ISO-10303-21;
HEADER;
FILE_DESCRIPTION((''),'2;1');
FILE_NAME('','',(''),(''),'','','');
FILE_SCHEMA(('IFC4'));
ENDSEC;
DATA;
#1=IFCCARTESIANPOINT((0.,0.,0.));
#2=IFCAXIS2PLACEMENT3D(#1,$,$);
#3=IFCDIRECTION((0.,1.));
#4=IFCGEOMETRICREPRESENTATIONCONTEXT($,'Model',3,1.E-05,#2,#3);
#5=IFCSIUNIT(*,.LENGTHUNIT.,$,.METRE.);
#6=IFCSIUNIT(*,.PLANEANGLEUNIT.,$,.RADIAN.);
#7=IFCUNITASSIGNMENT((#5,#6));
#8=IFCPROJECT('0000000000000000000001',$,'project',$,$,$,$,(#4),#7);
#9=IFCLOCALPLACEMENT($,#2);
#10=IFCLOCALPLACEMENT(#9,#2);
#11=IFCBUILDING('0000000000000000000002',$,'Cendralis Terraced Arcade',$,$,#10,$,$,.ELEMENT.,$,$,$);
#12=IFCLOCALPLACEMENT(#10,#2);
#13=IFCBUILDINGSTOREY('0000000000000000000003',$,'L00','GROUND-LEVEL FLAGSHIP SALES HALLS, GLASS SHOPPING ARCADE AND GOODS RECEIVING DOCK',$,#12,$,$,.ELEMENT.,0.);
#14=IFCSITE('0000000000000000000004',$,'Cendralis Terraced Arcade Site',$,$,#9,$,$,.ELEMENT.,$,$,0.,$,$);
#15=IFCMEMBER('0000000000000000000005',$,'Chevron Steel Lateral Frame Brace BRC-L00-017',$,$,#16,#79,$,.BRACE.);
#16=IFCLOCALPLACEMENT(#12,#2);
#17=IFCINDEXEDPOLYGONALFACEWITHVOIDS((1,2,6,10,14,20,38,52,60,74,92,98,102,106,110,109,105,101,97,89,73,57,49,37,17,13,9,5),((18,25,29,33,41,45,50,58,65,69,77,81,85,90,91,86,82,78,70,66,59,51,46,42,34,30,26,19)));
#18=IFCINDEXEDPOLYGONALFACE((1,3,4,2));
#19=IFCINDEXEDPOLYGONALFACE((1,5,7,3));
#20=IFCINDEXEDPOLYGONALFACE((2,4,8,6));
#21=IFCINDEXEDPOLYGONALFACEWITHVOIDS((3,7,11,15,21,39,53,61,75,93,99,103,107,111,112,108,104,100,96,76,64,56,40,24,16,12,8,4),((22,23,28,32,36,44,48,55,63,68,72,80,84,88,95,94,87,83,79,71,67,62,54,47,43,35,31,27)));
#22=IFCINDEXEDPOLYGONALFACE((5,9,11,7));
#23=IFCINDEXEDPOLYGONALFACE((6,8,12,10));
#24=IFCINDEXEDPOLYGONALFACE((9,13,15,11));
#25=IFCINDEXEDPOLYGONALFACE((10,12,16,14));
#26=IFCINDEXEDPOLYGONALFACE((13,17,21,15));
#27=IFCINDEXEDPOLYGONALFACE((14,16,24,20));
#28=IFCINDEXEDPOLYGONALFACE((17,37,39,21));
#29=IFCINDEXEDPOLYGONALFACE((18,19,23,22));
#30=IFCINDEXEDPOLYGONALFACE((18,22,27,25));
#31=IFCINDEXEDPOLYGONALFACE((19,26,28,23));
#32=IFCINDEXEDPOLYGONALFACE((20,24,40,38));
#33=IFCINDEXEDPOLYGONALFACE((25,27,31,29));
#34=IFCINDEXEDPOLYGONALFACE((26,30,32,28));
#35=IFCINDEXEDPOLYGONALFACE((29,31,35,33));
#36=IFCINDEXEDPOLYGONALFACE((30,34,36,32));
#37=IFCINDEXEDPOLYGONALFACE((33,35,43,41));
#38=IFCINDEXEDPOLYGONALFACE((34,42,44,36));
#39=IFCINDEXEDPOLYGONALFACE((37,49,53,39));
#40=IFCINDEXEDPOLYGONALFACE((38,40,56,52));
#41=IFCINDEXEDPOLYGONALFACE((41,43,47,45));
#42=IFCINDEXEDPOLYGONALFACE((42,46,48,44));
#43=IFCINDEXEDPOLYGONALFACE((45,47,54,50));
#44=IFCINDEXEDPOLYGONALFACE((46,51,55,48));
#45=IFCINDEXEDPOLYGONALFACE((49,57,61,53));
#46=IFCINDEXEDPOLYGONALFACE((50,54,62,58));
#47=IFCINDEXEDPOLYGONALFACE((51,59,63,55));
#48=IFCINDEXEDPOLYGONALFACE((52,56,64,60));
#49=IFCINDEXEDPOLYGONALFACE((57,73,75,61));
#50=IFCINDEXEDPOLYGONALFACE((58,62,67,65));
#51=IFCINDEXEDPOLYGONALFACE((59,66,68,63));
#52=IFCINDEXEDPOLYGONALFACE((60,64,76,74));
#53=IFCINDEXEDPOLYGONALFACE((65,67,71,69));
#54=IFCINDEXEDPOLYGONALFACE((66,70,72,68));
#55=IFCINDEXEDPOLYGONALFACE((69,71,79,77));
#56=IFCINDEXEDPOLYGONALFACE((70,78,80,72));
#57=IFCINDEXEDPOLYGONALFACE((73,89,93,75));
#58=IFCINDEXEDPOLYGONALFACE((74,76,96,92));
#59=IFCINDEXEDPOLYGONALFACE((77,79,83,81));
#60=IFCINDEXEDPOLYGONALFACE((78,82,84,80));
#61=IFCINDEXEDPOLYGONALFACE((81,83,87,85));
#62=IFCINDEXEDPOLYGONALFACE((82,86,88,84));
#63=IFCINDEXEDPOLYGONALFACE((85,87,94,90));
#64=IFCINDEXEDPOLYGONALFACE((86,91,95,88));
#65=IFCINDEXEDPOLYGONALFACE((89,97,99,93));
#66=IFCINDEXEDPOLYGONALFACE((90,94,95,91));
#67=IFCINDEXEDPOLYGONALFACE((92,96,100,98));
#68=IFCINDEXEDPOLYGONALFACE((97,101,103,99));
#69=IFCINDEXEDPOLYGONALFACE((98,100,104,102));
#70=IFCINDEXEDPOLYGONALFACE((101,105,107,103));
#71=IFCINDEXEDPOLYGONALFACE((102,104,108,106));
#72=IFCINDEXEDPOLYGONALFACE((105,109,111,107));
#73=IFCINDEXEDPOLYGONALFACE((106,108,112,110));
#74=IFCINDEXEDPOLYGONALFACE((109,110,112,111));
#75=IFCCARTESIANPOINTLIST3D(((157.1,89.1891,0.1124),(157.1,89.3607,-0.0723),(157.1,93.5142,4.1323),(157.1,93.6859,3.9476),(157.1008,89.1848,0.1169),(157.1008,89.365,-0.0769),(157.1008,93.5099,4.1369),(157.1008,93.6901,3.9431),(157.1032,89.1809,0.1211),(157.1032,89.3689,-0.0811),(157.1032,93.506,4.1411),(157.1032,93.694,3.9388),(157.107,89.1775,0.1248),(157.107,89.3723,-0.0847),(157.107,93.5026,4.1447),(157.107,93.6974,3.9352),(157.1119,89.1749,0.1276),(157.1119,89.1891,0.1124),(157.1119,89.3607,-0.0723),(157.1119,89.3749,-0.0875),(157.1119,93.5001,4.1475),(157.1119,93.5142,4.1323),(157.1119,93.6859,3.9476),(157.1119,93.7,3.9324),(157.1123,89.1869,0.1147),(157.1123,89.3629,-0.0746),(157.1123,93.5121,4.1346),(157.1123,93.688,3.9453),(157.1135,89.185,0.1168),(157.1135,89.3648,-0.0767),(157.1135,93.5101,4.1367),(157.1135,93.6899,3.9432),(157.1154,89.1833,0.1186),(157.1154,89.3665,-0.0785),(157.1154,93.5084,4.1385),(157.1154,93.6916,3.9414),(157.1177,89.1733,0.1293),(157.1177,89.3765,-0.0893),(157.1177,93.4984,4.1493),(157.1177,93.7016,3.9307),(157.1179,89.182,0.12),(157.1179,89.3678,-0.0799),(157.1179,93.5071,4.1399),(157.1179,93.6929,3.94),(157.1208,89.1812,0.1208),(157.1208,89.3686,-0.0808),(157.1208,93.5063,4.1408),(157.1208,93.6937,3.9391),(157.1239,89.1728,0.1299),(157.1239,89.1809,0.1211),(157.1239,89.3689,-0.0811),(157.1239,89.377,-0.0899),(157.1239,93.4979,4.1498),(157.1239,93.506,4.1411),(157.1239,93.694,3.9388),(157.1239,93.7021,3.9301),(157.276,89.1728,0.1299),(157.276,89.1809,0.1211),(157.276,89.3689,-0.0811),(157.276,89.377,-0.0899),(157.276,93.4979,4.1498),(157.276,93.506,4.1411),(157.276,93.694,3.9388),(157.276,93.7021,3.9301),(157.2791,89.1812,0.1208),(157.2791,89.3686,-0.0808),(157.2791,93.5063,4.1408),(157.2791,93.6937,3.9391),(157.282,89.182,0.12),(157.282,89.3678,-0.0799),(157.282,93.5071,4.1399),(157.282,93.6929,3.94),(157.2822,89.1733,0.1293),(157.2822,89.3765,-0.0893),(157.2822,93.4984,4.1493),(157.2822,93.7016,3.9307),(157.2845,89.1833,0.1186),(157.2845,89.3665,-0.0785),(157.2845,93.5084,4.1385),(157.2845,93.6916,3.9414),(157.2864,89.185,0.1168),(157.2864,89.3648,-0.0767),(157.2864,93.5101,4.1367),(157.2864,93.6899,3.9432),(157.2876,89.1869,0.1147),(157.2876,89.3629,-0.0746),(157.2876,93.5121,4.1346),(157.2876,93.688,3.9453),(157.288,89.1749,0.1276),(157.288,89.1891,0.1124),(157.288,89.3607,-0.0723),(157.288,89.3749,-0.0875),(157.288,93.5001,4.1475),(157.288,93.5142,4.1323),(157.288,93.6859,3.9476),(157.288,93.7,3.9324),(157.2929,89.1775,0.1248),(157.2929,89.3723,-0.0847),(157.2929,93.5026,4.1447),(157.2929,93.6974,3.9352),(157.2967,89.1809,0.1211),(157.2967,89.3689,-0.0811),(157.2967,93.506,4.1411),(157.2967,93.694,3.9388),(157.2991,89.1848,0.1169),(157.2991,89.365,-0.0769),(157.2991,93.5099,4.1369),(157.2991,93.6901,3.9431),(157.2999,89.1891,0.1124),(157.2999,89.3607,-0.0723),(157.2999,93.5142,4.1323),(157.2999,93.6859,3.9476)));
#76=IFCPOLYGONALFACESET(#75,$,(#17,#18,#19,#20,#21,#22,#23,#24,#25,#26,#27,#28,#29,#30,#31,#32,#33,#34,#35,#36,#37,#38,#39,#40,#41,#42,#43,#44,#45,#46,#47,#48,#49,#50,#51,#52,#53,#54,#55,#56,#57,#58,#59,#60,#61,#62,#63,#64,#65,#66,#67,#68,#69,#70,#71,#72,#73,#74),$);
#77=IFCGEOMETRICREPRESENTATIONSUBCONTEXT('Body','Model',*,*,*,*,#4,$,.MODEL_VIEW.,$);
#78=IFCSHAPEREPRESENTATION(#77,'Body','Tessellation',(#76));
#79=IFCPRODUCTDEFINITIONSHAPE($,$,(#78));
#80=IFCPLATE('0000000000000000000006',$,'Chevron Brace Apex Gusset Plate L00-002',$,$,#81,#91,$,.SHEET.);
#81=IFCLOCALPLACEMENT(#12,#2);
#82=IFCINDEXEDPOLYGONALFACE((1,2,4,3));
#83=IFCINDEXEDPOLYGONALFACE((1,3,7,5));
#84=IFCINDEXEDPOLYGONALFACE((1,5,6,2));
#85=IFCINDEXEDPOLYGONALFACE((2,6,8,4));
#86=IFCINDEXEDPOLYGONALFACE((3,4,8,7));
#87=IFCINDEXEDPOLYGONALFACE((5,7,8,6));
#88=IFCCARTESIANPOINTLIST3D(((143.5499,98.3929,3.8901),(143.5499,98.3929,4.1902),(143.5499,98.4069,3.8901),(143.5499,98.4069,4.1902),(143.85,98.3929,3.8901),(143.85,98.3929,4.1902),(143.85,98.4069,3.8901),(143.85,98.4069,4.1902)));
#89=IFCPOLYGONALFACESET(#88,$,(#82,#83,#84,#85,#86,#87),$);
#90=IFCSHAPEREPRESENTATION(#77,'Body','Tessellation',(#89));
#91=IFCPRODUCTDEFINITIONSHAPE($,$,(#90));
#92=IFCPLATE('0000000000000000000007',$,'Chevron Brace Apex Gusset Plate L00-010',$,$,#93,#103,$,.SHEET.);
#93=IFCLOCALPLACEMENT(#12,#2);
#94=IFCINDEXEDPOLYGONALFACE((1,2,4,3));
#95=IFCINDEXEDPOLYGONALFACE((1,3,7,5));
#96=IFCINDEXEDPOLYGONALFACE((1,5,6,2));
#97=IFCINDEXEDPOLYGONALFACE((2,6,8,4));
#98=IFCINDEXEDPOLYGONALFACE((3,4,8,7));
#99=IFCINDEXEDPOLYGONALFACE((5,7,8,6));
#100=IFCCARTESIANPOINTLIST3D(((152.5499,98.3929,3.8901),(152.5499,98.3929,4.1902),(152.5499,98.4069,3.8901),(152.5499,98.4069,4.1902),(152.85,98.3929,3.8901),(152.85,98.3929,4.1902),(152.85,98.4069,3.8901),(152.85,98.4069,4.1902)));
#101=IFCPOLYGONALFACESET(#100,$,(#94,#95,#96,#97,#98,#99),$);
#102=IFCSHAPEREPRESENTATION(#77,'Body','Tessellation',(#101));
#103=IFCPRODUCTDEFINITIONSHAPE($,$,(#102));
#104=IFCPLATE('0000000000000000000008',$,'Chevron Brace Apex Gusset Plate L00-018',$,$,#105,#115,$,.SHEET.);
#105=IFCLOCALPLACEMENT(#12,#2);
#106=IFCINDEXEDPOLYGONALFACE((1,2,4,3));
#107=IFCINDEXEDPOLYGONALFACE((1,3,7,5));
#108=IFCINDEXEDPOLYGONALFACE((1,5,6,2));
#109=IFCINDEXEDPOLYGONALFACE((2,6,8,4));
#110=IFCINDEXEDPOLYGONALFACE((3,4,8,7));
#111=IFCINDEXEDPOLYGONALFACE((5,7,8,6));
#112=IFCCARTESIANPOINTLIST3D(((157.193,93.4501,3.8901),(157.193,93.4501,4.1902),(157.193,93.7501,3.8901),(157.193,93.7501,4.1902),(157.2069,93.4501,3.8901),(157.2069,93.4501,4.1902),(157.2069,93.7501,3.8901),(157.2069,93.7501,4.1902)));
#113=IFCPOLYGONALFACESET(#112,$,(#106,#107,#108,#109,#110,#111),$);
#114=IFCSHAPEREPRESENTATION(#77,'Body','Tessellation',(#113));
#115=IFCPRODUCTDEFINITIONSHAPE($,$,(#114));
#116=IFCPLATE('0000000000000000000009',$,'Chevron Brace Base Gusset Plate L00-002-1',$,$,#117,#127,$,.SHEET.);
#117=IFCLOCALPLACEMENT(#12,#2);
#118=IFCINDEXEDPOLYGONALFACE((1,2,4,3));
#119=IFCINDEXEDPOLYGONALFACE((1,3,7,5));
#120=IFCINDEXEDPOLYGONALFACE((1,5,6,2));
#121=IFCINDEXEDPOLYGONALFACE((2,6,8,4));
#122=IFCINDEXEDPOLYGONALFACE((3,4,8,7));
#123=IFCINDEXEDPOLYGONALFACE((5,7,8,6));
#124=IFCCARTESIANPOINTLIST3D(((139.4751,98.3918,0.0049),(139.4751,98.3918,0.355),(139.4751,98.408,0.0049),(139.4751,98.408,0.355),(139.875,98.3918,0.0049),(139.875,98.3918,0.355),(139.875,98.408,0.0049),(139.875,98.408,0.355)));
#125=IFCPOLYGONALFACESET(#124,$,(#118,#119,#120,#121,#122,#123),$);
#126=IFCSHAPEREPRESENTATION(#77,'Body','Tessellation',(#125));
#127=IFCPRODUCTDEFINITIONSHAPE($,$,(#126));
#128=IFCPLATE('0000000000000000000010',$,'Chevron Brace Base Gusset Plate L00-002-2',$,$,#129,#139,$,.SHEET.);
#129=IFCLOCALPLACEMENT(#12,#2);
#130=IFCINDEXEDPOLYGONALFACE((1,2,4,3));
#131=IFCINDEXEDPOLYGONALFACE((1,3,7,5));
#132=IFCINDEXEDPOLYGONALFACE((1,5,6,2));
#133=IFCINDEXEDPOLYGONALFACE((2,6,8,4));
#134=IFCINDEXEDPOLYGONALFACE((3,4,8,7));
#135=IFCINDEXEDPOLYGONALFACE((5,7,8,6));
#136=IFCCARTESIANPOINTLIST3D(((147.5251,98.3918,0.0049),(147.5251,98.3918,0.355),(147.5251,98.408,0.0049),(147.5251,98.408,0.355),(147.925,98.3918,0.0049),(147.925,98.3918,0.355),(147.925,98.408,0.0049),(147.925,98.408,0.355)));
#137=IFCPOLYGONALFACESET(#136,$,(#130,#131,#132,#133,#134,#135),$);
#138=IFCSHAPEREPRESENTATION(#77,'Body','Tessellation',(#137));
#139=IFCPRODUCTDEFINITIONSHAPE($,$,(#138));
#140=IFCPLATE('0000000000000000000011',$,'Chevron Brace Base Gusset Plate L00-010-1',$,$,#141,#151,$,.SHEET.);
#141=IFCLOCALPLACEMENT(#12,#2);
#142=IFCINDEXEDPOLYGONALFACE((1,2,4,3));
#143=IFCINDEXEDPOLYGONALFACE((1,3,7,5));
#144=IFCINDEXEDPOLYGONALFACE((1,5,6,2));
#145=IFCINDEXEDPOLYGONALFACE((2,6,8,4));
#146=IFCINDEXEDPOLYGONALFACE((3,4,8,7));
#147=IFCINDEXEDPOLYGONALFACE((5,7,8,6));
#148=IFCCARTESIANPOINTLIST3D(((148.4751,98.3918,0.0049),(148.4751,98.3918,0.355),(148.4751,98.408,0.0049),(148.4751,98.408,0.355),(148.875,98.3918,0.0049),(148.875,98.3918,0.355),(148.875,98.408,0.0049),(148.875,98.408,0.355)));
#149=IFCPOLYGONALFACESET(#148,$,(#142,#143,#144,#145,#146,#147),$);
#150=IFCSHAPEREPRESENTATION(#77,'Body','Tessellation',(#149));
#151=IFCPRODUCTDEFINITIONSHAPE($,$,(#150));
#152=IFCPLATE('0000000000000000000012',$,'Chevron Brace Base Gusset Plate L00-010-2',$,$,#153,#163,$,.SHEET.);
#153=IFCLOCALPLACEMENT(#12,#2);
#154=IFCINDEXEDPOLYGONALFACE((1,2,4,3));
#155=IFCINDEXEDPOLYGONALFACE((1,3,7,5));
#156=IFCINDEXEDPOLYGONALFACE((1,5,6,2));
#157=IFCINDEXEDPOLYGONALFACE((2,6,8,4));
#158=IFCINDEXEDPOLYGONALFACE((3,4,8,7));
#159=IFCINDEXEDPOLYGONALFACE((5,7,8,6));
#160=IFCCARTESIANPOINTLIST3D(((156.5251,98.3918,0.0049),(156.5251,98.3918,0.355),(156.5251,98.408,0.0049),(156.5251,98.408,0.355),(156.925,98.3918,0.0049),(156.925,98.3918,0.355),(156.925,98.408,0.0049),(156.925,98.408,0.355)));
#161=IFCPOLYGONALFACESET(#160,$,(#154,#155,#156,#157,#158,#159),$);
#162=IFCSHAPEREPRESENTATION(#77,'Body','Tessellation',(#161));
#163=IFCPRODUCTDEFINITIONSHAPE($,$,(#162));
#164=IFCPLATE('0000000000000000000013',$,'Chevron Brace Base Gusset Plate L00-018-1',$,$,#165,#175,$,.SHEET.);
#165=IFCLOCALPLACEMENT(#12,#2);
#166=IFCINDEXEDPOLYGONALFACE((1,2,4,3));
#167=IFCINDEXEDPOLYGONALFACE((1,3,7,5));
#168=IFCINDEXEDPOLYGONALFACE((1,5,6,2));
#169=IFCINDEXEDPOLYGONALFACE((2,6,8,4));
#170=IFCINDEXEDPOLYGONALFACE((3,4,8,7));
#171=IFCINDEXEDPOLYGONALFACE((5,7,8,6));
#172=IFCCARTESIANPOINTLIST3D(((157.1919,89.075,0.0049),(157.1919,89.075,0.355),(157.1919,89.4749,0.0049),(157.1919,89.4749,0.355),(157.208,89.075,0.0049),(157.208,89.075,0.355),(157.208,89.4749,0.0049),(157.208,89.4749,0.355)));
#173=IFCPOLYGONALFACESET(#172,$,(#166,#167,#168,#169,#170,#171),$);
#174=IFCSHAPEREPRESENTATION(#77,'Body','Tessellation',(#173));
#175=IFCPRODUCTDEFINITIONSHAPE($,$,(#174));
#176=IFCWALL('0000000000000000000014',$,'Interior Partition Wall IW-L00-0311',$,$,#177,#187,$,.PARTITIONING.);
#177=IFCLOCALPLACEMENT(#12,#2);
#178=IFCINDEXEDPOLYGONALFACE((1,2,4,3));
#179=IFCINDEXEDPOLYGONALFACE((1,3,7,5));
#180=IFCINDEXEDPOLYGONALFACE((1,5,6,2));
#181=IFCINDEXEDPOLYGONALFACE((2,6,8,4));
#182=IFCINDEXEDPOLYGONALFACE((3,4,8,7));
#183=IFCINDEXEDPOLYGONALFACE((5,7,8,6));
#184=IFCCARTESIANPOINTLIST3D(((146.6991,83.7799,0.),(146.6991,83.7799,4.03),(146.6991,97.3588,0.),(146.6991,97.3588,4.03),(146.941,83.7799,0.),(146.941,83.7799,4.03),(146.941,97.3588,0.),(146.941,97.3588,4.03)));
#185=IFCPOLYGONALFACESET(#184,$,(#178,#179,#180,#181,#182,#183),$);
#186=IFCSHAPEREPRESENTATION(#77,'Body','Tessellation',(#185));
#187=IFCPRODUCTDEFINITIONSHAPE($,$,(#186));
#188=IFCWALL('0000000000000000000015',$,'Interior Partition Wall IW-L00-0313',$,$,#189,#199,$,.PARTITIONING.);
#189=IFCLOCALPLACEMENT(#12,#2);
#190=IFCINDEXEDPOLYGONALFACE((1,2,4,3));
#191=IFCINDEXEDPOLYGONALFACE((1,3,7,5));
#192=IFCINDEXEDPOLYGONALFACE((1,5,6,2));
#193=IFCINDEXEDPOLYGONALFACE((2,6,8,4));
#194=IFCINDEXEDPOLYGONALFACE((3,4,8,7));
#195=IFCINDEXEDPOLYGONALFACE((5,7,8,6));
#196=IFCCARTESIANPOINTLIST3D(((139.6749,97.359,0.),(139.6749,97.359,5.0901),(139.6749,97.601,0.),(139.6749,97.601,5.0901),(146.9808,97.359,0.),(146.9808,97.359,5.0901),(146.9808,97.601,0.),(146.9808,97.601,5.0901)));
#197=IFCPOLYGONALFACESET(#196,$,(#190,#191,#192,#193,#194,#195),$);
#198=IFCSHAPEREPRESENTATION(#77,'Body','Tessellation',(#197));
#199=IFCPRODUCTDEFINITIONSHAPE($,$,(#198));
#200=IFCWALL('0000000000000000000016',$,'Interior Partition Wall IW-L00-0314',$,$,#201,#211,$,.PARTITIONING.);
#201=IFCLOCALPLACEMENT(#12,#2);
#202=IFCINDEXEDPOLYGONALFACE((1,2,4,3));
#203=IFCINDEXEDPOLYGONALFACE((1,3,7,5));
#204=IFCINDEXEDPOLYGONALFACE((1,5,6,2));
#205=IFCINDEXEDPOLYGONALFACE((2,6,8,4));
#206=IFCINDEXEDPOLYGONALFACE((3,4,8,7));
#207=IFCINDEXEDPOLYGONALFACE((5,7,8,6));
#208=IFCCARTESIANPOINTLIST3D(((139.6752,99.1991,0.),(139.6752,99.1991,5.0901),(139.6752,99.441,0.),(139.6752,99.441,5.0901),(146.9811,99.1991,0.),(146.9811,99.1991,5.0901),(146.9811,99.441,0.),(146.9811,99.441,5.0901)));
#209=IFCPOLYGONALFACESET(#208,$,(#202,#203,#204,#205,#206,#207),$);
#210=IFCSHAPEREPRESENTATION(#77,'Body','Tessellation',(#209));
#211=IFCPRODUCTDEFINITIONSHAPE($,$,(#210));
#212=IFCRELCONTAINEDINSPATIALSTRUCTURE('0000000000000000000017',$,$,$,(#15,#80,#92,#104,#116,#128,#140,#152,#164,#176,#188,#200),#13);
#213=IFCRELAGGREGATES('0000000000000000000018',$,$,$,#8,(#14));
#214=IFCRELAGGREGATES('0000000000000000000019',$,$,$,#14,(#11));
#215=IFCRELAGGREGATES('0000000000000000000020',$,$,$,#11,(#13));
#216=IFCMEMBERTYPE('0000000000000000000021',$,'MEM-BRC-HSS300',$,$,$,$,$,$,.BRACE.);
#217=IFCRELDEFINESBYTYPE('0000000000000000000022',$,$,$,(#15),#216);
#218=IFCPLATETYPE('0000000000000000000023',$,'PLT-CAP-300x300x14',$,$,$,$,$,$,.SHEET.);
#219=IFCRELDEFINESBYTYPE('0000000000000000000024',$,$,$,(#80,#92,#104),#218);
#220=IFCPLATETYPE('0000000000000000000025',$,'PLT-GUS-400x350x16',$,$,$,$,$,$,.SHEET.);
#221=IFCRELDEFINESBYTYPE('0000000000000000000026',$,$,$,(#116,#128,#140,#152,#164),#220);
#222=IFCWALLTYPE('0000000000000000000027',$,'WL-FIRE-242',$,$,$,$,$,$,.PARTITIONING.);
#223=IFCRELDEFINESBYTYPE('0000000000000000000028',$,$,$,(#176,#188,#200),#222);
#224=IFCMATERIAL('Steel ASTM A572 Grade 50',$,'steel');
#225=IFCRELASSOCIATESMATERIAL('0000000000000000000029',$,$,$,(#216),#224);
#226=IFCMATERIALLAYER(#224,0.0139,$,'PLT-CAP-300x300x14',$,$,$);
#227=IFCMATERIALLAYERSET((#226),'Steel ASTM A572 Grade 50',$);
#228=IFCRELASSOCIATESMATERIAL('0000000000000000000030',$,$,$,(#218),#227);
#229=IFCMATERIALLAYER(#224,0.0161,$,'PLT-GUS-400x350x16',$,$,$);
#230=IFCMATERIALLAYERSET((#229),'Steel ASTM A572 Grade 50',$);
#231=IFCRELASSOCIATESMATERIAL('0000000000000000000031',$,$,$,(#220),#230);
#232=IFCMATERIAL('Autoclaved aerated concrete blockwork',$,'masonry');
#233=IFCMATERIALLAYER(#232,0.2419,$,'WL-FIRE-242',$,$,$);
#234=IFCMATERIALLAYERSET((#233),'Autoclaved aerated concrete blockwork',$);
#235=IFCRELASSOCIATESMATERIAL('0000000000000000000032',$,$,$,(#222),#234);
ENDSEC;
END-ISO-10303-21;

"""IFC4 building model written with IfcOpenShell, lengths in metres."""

from ifc_helpers import new_model, si_unit, direction, frame, frame_2d, origin, origin_2d, place, context, subcontext, project, spatial, rectangle, hollow_rectangle, extrude, material, layer, layer_set, material_profile, profile_set, type_object, element, save


model = new_model("IFC4")

# Units and contexts
model_context = context("Model", 3, precision=1e-05, world=origin(), true_north=direction((0.0, 1.0)))
body_context = subcontext(model_context, "Body", "Model", "MODEL_VIEW")
ifc_project = project(units=[si_unit("LENGTHUNIT", "METRE"), si_unit("PLANEANGLEUNIT", "RADIAN")], contexts=[model_context])

# Site, building, storey
site_placement = place(None, origin())
site = spatial("IfcSite", under=ifc_project, at=site_placement, Name="Cendralis Terraced Arcade Site", CompositionType="ELEMENT", RefElevation=0.0)
building_placement = place(site_placement, origin())
building = spatial("IfcBuilding", under=site, at=building_placement, Name="Cendralis Terraced Arcade", CompositionType="ELEMENT")
storey_placement = place(building_placement, origin())
storey = spatial("IfcBuildingStorey", under=building, at=storey_placement, Name="L00", Description="GROUND-LEVEL FLAGSHIP SALES HALLS, GLASS SHOPPING ARCADE AND GOODS RECEIVING DOCK", CompositionType="ELEMENT", Elevation=0.0)

# Member
ifc_material_1 = material(Name="Steel ASTM A572 Grade 50", Category="steel")
ifc_material_profile_1 = material_profile(ifc_material_1, hollow_rectangle(XDim=0.2, YDim=0.3, WallThickness=0.012, InnerFilletRadius=0.012, OuterFilletRadius=0.0239, at=origin_2d()), Name="HSS300X200X12", Category="LoadBearing")
ifc_profile_set_1 = profile_set([ifc_material_profile_1], Name="Steel ASTM A572 Grade 50")
member_type = type_object("IfcMemberType", Name="MEM-BRC-HSS300", PredefinedType="BRACE", material=ifc_profile_set_1)
member_placement = place(storey_placement, frame((157.2, 89.2749, 0.02), z_axis=(0.0, 0.732475, 0.680794), x_axis=(-1.0, 0.0, 0.0)))
element("IfcMember", 1, at=member_placement, inside=storey, type_object=member_type, Name="Chevron Steel Lateral Frame Brace BRC-L00-017", PredefinedType="BRACE", context=body_context, shape_type="SweptSolid", body=[
    extrude(hollow_rectangle(XDim=0.2, YDim=0.3, WallThickness=0.012, InnerFilletRadius=0.012, OuterFilletRadius=0.0239, at=origin_2d()), origin(), (0.0, 0.0, 1.0), 5.9048),
])

# Plates
ifc_layer_1 = layer(ifc_material_1, 0.0139, Name="PLT-CAP-300x300x14")
ifc_layer_set_1 = layer_set([ifc_layer_1], Name="Steel ASTM A572 Grade 50")
plate_type_1 = type_object("IfcPlateType", Name="PLT-CAP-300x300x14", PredefinedType="SHEET", material=ifc_layer_set_1)
for number, where, z_axis, x_axis, name in (
    (2, (143.7, 98.3999, 3.8901), (0.0, 0.0, 1.0), (1.0, 0.0, 0.0), "Chevron Brace Apex Gusset Plate L00-002"),
    (3, (152.7, 98.3999, 3.8901), (0.0, 0.0, 1.0), (1.0, 0.0, 0.0), "Chevron Brace Apex Gusset Plate L00-010"),
    (4, (157.2, 93.6001, 3.8901), (0.0, 0.0, 1.0), (0.0, 1.0, 0.0), "Chevron Brace Apex Gusset Plate L00-018"),
):
    element("IfcPlate", number, at=place(storey_placement, frame(where, z_axis=z_axis, x_axis=x_axis)), inside=storey, type_object=plate_type_1, Name=name, PredefinedType="SHEET", context=body_context, shape_type="SweptSolid", body=[
        extrude(rectangle(XDim=0.3, YDim=0.0139, at=origin_2d()), origin(), (0.0, 0.0, 1.0), 0.3),
    ])
ifc_layer_2 = layer(ifc_material_1, 0.0161, Name="PLT-GUS-400x350x16")
ifc_layer_set_2 = layer_set([ifc_layer_2], Name="Steel ASTM A572 Grade 50")
plate_type_2 = type_object("IfcPlateType", Name="PLT-GUS-400x350x16", PredefinedType="SHEET", material=ifc_layer_set_2)
for number, where, z_axis, x_axis, name in (
    (5, (139.675, 98.3999, 0.0049), (0.0, 0.0, 1.0), (1.0, 0.0, 0.0), "Chevron Brace Base Gusset Plate L00-002-1"),
    (6, (147.7251, 98.3999, 0.0049), (0.0, 0.0, 1.0), (1.0, 0.0, 0.0), "Chevron Brace Base Gusset Plate L00-002-2"),
    (7, (148.675, 98.3999, 0.0049), (0.0, 0.0, 1.0), (1.0, 0.0, 0.0), "Chevron Brace Base Gusset Plate L00-010-1"),
    (8, (156.7251, 98.3999, 0.0049), (0.0, 0.0, 1.0), (1.0, 0.0, 0.0), "Chevron Brace Base Gusset Plate L00-010-2"),
    (9, (157.2, 89.2749, 0.0049), (0.0, 0.0, 1.0), (0.0, 1.0, 0.0), "Chevron Brace Base Gusset Plate L00-018-1"),
):
    element("IfcPlate", number, at=place(storey_placement, frame(where, z_axis=z_axis, x_axis=x_axis)), inside=storey, type_object=plate_type_2, Name=name, PredefinedType="SHEET", context=body_context, shape_type="SweptSolid", body=[
        extrude(rectangle(XDim=0.3999, YDim=0.0161, at=origin_2d()), origin(), (0.0, 0.0, 1.0), 0.3501),
    ])

# Walls
ifc_material_2 = material(Name="Autoclaved aerated concrete blockwork", Category="masonry")
ifc_layer_3 = layer(ifc_material_2, 0.2419, Name="WL-FIRE-242")
ifc_layer_set_3 = layer_set([ifc_layer_3], Name="Autoclaved aerated concrete blockwork")
wall_type_1 = type_object("IfcWallType", Name="WL-FIRE-242", PredefinedType="PARTITIONING", material=ifc_layer_set_3)
wall_1_placement = place(storey_placement, frame((146.8201, 97.3589, 0.0), z_axis=(0.0, 0.0, 1.0), x_axis=(0.0, -1.0, 0.0)))
element("IfcWall", 10, at=wall_1_placement, inside=storey, type_object=wall_type_1, Name="Interior Partition Wall IW-L00-0311", PredefinedType="PARTITIONING", context=body_context, shape_type="SweptSolid", body=[
    extrude(rectangle(XDim=13.5789, YDim=0.2419, at=frame_2d((6.7896, 0.0))), origin(), (0.0, 0.0, 1.0), 4.03),
])
for number, where, z_axis, x_axis, name in (
    (11, (139.675, 97.48, 0.0), (0.0, 0.0, 1.0), (1.0, 0.0, 0.0), "Interior Partition Wall IW-L00-0313"),
    (12, (146.981, 99.3201, 0.0), (0.0, 0.0, 1.0), (-1.0, 0.0, 0.0), "Interior Partition Wall IW-L00-0314"),
):
    element("IfcWall", number, at=place(storey_placement, frame(where, z_axis=z_axis, x_axis=x_axis)), inside=storey, type_object=wall_type_1, Name=name, PredefinedType="PARTITIONING", context=body_context, shape_type="SweptSolid", body=[
        extrude(rectangle(XDim=7.3059, YDim=0.2419, at=frame_2d((3.6528, 0.0))), origin(), (0.0, 0.0, 1.0), 5.0901),
    ])

save(model, "model.ifc")
